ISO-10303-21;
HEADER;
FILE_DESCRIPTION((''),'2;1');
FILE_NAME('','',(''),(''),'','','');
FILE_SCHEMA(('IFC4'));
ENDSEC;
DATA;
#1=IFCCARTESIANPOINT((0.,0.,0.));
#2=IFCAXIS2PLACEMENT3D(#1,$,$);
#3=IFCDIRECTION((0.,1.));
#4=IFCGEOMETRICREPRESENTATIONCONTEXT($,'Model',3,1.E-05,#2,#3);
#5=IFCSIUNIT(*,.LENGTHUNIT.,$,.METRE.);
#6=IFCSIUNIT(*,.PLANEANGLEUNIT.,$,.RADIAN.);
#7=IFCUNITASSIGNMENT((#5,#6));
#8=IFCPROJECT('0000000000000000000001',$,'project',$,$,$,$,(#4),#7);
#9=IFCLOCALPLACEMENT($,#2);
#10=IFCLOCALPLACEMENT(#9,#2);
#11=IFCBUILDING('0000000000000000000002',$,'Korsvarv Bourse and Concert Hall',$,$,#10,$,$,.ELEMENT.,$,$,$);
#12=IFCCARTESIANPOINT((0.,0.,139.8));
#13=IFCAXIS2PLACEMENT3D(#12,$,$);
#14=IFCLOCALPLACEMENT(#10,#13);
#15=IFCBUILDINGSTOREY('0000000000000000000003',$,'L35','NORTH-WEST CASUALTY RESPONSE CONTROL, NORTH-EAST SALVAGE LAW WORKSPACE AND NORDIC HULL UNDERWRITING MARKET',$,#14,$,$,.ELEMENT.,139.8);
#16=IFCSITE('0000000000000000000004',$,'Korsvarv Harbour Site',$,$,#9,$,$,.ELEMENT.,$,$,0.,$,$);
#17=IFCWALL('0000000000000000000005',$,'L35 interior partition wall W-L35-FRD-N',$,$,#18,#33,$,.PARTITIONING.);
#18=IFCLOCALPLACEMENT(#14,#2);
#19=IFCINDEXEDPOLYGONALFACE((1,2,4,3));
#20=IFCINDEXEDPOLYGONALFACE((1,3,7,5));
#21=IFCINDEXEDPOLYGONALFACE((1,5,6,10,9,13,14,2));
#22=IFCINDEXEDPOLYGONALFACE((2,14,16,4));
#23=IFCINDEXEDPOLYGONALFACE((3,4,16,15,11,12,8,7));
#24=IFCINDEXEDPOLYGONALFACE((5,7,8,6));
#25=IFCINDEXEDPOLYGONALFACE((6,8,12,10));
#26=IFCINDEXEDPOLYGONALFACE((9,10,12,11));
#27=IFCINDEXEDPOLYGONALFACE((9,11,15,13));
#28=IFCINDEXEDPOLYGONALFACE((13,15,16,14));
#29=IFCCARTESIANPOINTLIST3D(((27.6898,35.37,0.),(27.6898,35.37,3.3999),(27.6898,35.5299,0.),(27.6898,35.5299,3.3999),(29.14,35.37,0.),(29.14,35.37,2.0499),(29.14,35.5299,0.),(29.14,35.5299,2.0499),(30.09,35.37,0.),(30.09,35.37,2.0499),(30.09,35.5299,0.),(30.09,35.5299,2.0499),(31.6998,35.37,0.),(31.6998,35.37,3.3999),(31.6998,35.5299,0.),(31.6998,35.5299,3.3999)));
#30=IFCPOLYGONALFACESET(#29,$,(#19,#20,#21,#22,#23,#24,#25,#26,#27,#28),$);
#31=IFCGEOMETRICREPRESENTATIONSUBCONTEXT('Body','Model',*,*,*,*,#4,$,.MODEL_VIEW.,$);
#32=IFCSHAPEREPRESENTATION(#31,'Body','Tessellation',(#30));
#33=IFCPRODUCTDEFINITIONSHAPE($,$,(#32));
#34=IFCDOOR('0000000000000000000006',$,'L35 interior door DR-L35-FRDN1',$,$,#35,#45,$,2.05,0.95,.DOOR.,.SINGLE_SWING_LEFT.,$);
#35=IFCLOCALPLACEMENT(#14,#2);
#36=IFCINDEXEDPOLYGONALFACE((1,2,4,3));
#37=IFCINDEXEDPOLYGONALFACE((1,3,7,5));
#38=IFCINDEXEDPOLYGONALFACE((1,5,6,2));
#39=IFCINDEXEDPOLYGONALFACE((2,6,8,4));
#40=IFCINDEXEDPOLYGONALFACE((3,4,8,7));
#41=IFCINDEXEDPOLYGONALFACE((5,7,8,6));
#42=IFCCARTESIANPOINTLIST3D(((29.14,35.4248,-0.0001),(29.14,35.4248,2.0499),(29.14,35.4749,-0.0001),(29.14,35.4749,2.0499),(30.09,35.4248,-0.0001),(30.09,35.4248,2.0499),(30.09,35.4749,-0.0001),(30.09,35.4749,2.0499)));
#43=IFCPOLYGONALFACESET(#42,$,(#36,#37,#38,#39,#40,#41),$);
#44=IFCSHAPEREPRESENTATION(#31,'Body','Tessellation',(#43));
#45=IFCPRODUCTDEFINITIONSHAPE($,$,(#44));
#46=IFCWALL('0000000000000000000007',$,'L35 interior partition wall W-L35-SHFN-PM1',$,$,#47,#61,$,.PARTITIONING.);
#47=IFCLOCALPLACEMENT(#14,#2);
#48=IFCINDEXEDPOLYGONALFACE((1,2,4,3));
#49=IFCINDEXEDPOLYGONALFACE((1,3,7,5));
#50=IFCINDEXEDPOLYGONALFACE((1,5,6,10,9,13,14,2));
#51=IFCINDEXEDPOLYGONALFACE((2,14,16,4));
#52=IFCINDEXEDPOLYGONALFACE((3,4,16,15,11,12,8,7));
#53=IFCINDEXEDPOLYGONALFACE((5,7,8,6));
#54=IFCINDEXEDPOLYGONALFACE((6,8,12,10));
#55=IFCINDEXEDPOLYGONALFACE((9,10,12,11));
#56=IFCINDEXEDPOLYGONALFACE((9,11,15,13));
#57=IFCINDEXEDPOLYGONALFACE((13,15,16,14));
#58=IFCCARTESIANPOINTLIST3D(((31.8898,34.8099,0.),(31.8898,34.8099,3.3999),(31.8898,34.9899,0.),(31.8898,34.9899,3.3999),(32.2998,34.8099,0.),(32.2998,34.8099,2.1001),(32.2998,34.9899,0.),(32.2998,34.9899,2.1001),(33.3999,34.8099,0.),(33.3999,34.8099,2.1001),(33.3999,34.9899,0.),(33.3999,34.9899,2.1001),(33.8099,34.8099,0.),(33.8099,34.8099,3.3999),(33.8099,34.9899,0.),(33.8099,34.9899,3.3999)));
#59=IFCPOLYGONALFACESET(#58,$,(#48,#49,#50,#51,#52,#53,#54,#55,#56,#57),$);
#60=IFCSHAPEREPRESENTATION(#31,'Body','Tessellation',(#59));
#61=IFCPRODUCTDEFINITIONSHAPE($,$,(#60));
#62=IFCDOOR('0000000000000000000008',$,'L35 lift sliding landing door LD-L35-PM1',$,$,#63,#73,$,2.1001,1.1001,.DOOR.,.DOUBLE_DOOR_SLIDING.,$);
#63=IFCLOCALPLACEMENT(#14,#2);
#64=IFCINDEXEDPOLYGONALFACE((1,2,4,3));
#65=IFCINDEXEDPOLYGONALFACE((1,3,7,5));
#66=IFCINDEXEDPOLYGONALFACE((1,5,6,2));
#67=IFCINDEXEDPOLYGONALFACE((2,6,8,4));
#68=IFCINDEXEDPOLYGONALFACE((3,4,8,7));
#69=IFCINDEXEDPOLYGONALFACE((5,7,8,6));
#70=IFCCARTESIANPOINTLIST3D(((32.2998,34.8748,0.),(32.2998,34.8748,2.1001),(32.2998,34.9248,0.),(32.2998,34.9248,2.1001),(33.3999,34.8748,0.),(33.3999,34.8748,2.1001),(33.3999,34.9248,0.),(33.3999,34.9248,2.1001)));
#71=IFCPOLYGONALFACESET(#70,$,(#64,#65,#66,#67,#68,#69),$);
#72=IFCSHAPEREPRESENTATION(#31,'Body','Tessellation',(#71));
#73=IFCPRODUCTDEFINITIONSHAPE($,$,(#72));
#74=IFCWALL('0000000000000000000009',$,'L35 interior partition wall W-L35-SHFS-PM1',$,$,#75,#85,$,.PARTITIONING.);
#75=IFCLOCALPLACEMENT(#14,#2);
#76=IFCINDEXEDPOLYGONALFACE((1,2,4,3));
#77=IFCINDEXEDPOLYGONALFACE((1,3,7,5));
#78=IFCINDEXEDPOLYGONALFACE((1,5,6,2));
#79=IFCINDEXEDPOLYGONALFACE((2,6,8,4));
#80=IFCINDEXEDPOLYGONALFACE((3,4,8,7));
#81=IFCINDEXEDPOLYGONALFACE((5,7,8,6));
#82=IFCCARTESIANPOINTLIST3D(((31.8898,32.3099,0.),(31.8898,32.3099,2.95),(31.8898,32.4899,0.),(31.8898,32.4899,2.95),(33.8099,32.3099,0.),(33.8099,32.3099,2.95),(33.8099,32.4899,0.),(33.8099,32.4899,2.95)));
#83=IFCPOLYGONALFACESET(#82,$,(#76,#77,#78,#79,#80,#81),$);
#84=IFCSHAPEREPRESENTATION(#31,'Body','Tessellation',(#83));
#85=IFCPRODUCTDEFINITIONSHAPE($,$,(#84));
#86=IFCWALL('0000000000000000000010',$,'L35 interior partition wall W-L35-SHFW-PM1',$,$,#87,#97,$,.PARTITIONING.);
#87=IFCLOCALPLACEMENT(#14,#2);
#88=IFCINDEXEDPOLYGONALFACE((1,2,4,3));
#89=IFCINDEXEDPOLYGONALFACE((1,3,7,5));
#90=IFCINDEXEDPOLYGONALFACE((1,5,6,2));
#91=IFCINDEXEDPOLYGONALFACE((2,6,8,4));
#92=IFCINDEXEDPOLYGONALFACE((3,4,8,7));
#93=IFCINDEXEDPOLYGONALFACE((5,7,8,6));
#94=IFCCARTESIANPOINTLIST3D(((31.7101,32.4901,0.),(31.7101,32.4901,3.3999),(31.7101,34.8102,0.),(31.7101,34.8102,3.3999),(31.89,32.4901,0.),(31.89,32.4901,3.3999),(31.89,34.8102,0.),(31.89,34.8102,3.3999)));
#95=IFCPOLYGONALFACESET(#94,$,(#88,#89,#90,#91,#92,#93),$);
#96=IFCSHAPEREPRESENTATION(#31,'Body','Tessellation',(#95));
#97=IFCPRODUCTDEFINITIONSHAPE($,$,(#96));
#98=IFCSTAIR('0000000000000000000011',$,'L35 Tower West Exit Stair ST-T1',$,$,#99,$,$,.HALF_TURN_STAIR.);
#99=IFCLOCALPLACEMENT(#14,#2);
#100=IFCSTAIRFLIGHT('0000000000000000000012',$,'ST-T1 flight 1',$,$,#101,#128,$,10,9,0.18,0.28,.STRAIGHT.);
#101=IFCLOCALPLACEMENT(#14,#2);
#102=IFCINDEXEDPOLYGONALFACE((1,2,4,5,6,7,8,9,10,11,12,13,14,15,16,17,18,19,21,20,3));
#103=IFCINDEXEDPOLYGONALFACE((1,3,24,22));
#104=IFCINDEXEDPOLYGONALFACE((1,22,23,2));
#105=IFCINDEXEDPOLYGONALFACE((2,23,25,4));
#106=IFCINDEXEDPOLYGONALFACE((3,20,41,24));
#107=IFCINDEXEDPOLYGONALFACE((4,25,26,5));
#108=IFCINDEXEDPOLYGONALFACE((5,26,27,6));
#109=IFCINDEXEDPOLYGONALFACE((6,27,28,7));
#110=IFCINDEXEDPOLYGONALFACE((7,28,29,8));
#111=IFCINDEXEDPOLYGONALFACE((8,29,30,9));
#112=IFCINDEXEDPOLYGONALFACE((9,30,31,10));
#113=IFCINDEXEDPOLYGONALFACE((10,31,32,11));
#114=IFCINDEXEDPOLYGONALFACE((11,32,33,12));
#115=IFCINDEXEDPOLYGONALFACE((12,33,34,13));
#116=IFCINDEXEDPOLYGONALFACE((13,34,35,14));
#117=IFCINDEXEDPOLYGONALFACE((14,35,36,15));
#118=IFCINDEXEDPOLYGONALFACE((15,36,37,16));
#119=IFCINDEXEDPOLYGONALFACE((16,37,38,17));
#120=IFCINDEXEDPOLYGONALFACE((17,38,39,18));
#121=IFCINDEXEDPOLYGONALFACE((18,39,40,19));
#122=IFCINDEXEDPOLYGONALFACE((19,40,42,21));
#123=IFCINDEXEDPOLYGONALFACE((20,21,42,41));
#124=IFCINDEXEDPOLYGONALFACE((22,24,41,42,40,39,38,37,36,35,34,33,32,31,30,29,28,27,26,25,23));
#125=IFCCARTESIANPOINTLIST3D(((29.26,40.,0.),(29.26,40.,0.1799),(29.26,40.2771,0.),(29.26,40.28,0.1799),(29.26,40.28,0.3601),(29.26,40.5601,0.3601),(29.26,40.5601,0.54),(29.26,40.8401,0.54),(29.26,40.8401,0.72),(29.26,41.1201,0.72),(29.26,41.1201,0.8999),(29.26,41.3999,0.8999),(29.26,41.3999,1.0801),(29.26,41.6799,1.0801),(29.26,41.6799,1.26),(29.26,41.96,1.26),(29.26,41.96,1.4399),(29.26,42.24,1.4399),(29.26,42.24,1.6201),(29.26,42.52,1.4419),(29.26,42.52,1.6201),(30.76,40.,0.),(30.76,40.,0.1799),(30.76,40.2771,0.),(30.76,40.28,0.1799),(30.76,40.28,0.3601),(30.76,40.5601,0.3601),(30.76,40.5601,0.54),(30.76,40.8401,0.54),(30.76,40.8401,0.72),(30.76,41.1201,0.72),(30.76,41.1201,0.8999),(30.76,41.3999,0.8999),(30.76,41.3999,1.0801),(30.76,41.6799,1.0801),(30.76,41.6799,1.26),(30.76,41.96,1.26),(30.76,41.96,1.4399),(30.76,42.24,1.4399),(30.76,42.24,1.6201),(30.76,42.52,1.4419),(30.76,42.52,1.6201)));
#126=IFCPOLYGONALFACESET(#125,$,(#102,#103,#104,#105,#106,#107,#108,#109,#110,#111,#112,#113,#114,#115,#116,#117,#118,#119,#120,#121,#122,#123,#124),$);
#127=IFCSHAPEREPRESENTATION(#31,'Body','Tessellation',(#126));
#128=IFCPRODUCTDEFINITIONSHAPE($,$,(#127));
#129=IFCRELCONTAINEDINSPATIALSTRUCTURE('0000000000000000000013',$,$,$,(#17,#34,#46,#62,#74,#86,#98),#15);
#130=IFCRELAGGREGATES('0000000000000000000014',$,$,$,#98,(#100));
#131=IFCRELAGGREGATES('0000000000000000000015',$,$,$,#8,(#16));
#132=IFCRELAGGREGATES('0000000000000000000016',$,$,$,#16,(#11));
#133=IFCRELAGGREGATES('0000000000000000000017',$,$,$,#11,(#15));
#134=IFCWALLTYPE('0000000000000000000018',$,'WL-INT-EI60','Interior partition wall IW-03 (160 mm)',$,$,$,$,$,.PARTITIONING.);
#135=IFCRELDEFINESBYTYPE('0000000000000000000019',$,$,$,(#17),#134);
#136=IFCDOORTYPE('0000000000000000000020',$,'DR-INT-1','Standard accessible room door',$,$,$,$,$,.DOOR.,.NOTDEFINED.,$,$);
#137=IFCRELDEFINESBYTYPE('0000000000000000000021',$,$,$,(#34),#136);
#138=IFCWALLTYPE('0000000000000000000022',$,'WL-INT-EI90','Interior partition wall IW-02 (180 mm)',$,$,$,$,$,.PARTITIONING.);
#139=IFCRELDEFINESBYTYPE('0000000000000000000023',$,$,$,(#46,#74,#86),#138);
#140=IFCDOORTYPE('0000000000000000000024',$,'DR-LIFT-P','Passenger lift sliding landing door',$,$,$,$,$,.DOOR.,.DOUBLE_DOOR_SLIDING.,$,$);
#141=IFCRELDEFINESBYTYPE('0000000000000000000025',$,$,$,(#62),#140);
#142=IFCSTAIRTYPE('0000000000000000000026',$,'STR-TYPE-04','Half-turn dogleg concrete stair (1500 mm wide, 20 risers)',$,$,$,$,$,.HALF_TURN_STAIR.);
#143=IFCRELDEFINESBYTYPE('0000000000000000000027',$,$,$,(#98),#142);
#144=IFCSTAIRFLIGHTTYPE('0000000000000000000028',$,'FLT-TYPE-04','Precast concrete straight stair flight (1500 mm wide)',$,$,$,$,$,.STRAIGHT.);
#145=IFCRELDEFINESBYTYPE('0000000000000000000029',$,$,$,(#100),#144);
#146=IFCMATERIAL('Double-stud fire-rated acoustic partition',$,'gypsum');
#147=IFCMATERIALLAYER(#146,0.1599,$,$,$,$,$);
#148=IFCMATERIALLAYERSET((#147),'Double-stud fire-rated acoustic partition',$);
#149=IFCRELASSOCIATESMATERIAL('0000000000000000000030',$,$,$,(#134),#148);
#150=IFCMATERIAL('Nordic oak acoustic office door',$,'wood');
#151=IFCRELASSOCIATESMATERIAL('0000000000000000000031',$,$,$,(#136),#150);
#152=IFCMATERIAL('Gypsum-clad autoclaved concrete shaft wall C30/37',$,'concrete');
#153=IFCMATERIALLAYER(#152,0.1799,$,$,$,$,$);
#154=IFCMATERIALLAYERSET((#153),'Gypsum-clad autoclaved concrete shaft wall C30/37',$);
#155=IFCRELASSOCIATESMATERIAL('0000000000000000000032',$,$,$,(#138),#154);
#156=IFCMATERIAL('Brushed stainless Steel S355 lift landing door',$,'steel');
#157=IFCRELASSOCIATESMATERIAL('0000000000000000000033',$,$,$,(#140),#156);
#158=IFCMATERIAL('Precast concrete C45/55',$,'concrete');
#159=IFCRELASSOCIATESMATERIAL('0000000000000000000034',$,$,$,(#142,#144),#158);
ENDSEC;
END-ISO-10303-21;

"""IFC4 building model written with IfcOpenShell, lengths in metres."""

from ifc_helpers import new_model, si_unit, direction, frame, frame_2d, origin, place, context, subcontext, project, spatial, polyline, rectangle, outline, extrude, material, layer, layer_set, type_object, element, fill, aggregate, save


model = new_model("IFC4")

# Units and contexts
model_context = context("Model", 3, precision=1e-05, world=origin(), true_north=direction((0.0, 1.0)))
body_context = subcontext(model_context, "Body", "Model", "MODEL_VIEW")
ifc_project = project(units=[si_unit("LENGTHUNIT", "METRE"), si_unit("PLANEANGLEUNIT", "RADIAN")], contexts=[model_context])

# Site, building, storey
site_placement = place(None, origin())
site = spatial("IfcSite", under=ifc_project, at=site_placement, Name="Korsvarv Harbour Site", CompositionType="ELEMENT", RefElevation=0.0)
building_placement = place(site_placement, origin())
building = spatial("IfcBuilding", under=site, at=building_placement, Name="Korsvarv Bourse and Concert Hall", CompositionType="ELEMENT")
storey_placement = place(building_placement, frame((0.0, 0.0, 139.8)))
storey = spatial("IfcBuildingStorey", under=building, at=storey_placement, Name="L35", Description="NORTH-WEST CASUALTY RESPONSE CONTROL, NORTH-EAST SALVAGE LAW WORKSPACE AND NORDIC HULL UNDERWRITING MARKET", CompositionType="ELEMENT", Elevation=139.8)

# Shared definitions
ifc_material_1 = material(Name="Double-stud fire-rated acoustic partition", Category="gypsum")
ifc_layer_1 = layer(ifc_material_1, 0.1599)
ifc_layer_set_1 = layer_set([ifc_layer_1], Name="Double-stud fire-rated acoustic partition")
wall_type_1 = type_object("IfcWallType", Name="WL-INT-EI60", Description="Interior partition wall IW-03 (160 mm)", PredefinedType="PARTITIONING", material=ifc_layer_set_1)

# Walls, openings, doors
wall_1_placement = place(storey_placement, frame((27.6899, 35.45, 0.0), z_axis=(0.0, 0.0, 1.0), x_axis=(1.0, 0.0, 0.0)))
wall_1 = element("IfcWall", 1, at=wall_1_placement, inside=storey, type_object=wall_type_1, Name="L35 interior partition wall W-L35-FRD-N", PredefinedType="PARTITIONING", context=body_context, shape_type="SweptSolid", body=[
    extrude(rectangle(XDim=4.01, YDim=0.1599, at=frame_2d((2.0049, 0.0))), origin(), (0.0, 0.0, 1.0), 3.3999),
])
opening_1_placement = place(wall_1_placement, frame((1.45, 0.0, 0.0)))
opening_1 = element("IfcOpeningElement", 2, at=opening_1_placement, cuts=wall_1, PredefinedType="OPENING", context=body_context, shape_type="SweptSolid", body=[
    extrude(rectangle(XDim=0.95, YDim=2.05, at=frame_2d((0.4751, 1.0249))), frame((0.0, 0.0898, 0.0), z_axis=(0.0, -1.0, 0.0), x_axis=(1.0, 0.0, 0.0)), (0.0, 0.0, 1.0), 0.1799),
])
ifc_material_2 = material(Name="Nordic oak acoustic office door", Category="wood")
door_type_1 = type_object("IfcDoorType", Name="DR-INT-1", Description="Standard accessible room door", OperationType="NOTDEFINED", PredefinedType="DOOR", material=ifc_material_2)
door_1_placement = place(opening_1_placement, origin())
door_1 = element("IfcDoor", 3, at=door_1_placement, inside=storey, type_object=door_type_1, Name="L35 interior door DR-L35-FRDN1", OperationType="SINGLE_SWING_LEFT", OverallHeight=2.05, OverallWidth=0.95, PredefinedType="DOOR", context=body_context, shape_type="SweptSolid", body=[
    extrude(rectangle(XDim=0.95, YDim=2.05, at=frame_2d((0.4751, 1.0249))), frame((0.0, 0.0249, 0.0), z_axis=(0.0, -1.0, 0.0), x_axis=(1.0, 0.0, 0.0)), (0.0, 0.0, 1.0), 0.05),
])
fill(opening_1, door_1)
ifc_material_3 = material(Name="Gypsum-clad autoclaved concrete shaft wall C30/37", Category="concrete")
ifc_layer_2 = layer(ifc_material_3, 0.1799)
ifc_layer_set_2 = layer_set([ifc_layer_2], Name="Gypsum-clad autoclaved concrete shaft wall C30/37")
wall_type_2 = type_object("IfcWallType", Name="WL-INT-EI90", Description="Interior partition wall IW-02 (180 mm)", PredefinedType="PARTITIONING", material=ifc_layer_set_2)
wall_2_placement = place(storey_placement, frame((31.8899, 34.8999, 0.0), z_axis=(0.0, 0.0, 1.0), x_axis=(1.0, 0.0, 0.0)))
wall_2 = element("IfcWall", 4, at=wall_2_placement, inside=storey, type_object=wall_type_2, Name="L35 interior partition wall W-L35-SHFN-PM1", PredefinedType="PARTITIONING", context=body_context, shape_type="SweptSolid", body=[
    extrude(rectangle(XDim=1.9202, YDim=0.1799, at=frame_2d((0.96, 0.0))), origin(), (0.0, 0.0, 1.0), 3.3999),
])
opening_2_placement = place(wall_2_placement, frame((0.4099, 0.0, 0.0)))
opening_2 = element("IfcOpeningElement", 5, at=opening_2_placement, cuts=wall_2, PredefinedType="OPENING", context=body_context, shape_type="SweptSolid", body=[
    extrude(rectangle(XDim=1.1001, YDim=2.1001, at=frame_2d((0.55, 1.05))), frame((0.0, 0.1001, 0.0), z_axis=(0.0, -1.0, 0.0), x_axis=(1.0, 0.0, 0.0)), (0.0, 0.0, 1.0), 0.2),
])
ifc_material_4 = material(Name="Brushed stainless Steel S355 lift landing door", Category="steel")
door_type_2 = type_object("IfcDoorType", Name="DR-LIFT-P", Description="Passenger lift sliding landing door", OperationType="DOUBLE_DOOR_SLIDING", PredefinedType="DOOR", material=ifc_material_4)
door_2_placement = place(opening_2_placement, origin())
door_2 = element("IfcDoor", 6, at=door_2_placement, inside=storey, type_object=door_type_2, Name="L35 lift sliding landing door LD-L35-PM1", OperationType="DOUBLE_DOOR_SLIDING", OverallHeight=2.1001, OverallWidth=1.1001, PredefinedType="DOOR", context=body_context, shape_type="SweptSolid", body=[
    extrude(rectangle(XDim=1.1001, YDim=2.1001, at=frame_2d((0.55, 1.05))), frame((0.0, 0.0249, 0.0), z_axis=(0.0, -1.0, 0.0), x_axis=(1.0, 0.0, 0.0)), (0.0, 0.0, 1.0), 0.05),
])
fill(opening_2, door_2)

# Walls
wall_3_placement = place(storey_placement, frame((31.8899, 32.3999, 0.0), z_axis=(0.0, 0.0, 1.0), x_axis=(1.0, 0.0, 0.0)))
element("IfcWall", 7, at=wall_3_placement, inside=storey, type_object=wall_type_2, Name="L35 interior partition wall W-L35-SHFS-PM1", PredefinedType="PARTITIONING", context=body_context, shape_type="SweptSolid", body=[
    extrude(rectangle(XDim=1.9202, YDim=0.1799, at=frame_2d((0.96, 0.0))), origin(), (0.0, 0.0, 1.0), 2.95),
])
wall_4_placement = place(storey_placement, frame((31.8, 32.49, 0.0), z_axis=(0.0, 0.0, 1.0), x_axis=(0.0, 1.0, 0.0)))
element("IfcWall", 8, at=wall_4_placement, inside=storey, type_object=wall_type_2, Name="L35 interior partition wall W-L35-SHFW-PM1", PredefinedType="PARTITIONING", context=body_context, shape_type="SweptSolid", body=[
    extrude(rectangle(XDim=2.3201, YDim=0.1799, at=frame_2d((1.1602, 0.0))), origin(), (0.0, 0.0, 1.0), 3.3999),
])

# Stair, stair flight
ifc_material_5 = material(Name="Precast concrete C45/55", Category="concrete")
stair_type = type_object("IfcStairType", Name="STR-TYPE-04", Description="Half-turn dogleg concrete stair (1500 mm wide, 20 risers)", PredefinedType="HALF_TURN_STAIR", material=ifc_material_5)
stair_placement = place(storey_placement, origin())
stair = element("IfcStair", 9, at=stair_placement, inside=storey, type_object=stair_type, Name="L35 Tower West Exit Stair ST-T1", PredefinedType="HALF_TURN_STAIR")
stair_flight_type = type_object("IfcStairFlightType", Name="FLT-TYPE-04", Description="Precast concrete straight stair flight (1500 mm wide)", PredefinedType="STRAIGHT", material=ifc_material_5)
stair_flight_placement = place(storey_placement, frame((30.01, 40.0, 0.0), z_axis=(0.0, 0.0, 1.0), x_axis=(0.0, 1.0, 0.0)))
stair_flight = element("IfcStairFlight", 10, at=stair_flight_placement, type_object=stair_flight_type, Name="ST-T1 flight 1", NumberOfRisers=10, NumberOfTreads=9, PredefinedType="STRAIGHT", RiserHeight=0.18, TreadLength=0.28, context=body_context, shape_type="SweptSolid", body=[
    extrude(outline(polyline([(0.0, 0.0), (0.0, 0.1799), (0.28, 0.1799), (0.28, 0.3601), (0.5601, 0.3601), (0.5601, 0.54), (0.8401, 0.54), (0.8401, 0.72), (1.1201, 0.72), (1.1201, 0.8999), (1.3999, 0.8999), (1.3999, 1.0801), (1.6799, 1.0801), (1.6799, 1.26), (1.96, 1.26), (1.96, 1.4399), (2.24, 1.4399), (2.24, 1.6201), (2.52, 1.6201), (2.52, 1.8), (2.52, 1.4419), (0.2771, 0.0), (0.0, 0.0)])), frame((0.0, 0.75, 0.0), z_axis=(0.0, -1.0, 0.0), x_axis=(1.0, 0.0, 0.0)), (0.0, 0.0, 1.0), 1.5),
])
aggregate(stair, [stair_flight])

save(model, "model.ifc")
